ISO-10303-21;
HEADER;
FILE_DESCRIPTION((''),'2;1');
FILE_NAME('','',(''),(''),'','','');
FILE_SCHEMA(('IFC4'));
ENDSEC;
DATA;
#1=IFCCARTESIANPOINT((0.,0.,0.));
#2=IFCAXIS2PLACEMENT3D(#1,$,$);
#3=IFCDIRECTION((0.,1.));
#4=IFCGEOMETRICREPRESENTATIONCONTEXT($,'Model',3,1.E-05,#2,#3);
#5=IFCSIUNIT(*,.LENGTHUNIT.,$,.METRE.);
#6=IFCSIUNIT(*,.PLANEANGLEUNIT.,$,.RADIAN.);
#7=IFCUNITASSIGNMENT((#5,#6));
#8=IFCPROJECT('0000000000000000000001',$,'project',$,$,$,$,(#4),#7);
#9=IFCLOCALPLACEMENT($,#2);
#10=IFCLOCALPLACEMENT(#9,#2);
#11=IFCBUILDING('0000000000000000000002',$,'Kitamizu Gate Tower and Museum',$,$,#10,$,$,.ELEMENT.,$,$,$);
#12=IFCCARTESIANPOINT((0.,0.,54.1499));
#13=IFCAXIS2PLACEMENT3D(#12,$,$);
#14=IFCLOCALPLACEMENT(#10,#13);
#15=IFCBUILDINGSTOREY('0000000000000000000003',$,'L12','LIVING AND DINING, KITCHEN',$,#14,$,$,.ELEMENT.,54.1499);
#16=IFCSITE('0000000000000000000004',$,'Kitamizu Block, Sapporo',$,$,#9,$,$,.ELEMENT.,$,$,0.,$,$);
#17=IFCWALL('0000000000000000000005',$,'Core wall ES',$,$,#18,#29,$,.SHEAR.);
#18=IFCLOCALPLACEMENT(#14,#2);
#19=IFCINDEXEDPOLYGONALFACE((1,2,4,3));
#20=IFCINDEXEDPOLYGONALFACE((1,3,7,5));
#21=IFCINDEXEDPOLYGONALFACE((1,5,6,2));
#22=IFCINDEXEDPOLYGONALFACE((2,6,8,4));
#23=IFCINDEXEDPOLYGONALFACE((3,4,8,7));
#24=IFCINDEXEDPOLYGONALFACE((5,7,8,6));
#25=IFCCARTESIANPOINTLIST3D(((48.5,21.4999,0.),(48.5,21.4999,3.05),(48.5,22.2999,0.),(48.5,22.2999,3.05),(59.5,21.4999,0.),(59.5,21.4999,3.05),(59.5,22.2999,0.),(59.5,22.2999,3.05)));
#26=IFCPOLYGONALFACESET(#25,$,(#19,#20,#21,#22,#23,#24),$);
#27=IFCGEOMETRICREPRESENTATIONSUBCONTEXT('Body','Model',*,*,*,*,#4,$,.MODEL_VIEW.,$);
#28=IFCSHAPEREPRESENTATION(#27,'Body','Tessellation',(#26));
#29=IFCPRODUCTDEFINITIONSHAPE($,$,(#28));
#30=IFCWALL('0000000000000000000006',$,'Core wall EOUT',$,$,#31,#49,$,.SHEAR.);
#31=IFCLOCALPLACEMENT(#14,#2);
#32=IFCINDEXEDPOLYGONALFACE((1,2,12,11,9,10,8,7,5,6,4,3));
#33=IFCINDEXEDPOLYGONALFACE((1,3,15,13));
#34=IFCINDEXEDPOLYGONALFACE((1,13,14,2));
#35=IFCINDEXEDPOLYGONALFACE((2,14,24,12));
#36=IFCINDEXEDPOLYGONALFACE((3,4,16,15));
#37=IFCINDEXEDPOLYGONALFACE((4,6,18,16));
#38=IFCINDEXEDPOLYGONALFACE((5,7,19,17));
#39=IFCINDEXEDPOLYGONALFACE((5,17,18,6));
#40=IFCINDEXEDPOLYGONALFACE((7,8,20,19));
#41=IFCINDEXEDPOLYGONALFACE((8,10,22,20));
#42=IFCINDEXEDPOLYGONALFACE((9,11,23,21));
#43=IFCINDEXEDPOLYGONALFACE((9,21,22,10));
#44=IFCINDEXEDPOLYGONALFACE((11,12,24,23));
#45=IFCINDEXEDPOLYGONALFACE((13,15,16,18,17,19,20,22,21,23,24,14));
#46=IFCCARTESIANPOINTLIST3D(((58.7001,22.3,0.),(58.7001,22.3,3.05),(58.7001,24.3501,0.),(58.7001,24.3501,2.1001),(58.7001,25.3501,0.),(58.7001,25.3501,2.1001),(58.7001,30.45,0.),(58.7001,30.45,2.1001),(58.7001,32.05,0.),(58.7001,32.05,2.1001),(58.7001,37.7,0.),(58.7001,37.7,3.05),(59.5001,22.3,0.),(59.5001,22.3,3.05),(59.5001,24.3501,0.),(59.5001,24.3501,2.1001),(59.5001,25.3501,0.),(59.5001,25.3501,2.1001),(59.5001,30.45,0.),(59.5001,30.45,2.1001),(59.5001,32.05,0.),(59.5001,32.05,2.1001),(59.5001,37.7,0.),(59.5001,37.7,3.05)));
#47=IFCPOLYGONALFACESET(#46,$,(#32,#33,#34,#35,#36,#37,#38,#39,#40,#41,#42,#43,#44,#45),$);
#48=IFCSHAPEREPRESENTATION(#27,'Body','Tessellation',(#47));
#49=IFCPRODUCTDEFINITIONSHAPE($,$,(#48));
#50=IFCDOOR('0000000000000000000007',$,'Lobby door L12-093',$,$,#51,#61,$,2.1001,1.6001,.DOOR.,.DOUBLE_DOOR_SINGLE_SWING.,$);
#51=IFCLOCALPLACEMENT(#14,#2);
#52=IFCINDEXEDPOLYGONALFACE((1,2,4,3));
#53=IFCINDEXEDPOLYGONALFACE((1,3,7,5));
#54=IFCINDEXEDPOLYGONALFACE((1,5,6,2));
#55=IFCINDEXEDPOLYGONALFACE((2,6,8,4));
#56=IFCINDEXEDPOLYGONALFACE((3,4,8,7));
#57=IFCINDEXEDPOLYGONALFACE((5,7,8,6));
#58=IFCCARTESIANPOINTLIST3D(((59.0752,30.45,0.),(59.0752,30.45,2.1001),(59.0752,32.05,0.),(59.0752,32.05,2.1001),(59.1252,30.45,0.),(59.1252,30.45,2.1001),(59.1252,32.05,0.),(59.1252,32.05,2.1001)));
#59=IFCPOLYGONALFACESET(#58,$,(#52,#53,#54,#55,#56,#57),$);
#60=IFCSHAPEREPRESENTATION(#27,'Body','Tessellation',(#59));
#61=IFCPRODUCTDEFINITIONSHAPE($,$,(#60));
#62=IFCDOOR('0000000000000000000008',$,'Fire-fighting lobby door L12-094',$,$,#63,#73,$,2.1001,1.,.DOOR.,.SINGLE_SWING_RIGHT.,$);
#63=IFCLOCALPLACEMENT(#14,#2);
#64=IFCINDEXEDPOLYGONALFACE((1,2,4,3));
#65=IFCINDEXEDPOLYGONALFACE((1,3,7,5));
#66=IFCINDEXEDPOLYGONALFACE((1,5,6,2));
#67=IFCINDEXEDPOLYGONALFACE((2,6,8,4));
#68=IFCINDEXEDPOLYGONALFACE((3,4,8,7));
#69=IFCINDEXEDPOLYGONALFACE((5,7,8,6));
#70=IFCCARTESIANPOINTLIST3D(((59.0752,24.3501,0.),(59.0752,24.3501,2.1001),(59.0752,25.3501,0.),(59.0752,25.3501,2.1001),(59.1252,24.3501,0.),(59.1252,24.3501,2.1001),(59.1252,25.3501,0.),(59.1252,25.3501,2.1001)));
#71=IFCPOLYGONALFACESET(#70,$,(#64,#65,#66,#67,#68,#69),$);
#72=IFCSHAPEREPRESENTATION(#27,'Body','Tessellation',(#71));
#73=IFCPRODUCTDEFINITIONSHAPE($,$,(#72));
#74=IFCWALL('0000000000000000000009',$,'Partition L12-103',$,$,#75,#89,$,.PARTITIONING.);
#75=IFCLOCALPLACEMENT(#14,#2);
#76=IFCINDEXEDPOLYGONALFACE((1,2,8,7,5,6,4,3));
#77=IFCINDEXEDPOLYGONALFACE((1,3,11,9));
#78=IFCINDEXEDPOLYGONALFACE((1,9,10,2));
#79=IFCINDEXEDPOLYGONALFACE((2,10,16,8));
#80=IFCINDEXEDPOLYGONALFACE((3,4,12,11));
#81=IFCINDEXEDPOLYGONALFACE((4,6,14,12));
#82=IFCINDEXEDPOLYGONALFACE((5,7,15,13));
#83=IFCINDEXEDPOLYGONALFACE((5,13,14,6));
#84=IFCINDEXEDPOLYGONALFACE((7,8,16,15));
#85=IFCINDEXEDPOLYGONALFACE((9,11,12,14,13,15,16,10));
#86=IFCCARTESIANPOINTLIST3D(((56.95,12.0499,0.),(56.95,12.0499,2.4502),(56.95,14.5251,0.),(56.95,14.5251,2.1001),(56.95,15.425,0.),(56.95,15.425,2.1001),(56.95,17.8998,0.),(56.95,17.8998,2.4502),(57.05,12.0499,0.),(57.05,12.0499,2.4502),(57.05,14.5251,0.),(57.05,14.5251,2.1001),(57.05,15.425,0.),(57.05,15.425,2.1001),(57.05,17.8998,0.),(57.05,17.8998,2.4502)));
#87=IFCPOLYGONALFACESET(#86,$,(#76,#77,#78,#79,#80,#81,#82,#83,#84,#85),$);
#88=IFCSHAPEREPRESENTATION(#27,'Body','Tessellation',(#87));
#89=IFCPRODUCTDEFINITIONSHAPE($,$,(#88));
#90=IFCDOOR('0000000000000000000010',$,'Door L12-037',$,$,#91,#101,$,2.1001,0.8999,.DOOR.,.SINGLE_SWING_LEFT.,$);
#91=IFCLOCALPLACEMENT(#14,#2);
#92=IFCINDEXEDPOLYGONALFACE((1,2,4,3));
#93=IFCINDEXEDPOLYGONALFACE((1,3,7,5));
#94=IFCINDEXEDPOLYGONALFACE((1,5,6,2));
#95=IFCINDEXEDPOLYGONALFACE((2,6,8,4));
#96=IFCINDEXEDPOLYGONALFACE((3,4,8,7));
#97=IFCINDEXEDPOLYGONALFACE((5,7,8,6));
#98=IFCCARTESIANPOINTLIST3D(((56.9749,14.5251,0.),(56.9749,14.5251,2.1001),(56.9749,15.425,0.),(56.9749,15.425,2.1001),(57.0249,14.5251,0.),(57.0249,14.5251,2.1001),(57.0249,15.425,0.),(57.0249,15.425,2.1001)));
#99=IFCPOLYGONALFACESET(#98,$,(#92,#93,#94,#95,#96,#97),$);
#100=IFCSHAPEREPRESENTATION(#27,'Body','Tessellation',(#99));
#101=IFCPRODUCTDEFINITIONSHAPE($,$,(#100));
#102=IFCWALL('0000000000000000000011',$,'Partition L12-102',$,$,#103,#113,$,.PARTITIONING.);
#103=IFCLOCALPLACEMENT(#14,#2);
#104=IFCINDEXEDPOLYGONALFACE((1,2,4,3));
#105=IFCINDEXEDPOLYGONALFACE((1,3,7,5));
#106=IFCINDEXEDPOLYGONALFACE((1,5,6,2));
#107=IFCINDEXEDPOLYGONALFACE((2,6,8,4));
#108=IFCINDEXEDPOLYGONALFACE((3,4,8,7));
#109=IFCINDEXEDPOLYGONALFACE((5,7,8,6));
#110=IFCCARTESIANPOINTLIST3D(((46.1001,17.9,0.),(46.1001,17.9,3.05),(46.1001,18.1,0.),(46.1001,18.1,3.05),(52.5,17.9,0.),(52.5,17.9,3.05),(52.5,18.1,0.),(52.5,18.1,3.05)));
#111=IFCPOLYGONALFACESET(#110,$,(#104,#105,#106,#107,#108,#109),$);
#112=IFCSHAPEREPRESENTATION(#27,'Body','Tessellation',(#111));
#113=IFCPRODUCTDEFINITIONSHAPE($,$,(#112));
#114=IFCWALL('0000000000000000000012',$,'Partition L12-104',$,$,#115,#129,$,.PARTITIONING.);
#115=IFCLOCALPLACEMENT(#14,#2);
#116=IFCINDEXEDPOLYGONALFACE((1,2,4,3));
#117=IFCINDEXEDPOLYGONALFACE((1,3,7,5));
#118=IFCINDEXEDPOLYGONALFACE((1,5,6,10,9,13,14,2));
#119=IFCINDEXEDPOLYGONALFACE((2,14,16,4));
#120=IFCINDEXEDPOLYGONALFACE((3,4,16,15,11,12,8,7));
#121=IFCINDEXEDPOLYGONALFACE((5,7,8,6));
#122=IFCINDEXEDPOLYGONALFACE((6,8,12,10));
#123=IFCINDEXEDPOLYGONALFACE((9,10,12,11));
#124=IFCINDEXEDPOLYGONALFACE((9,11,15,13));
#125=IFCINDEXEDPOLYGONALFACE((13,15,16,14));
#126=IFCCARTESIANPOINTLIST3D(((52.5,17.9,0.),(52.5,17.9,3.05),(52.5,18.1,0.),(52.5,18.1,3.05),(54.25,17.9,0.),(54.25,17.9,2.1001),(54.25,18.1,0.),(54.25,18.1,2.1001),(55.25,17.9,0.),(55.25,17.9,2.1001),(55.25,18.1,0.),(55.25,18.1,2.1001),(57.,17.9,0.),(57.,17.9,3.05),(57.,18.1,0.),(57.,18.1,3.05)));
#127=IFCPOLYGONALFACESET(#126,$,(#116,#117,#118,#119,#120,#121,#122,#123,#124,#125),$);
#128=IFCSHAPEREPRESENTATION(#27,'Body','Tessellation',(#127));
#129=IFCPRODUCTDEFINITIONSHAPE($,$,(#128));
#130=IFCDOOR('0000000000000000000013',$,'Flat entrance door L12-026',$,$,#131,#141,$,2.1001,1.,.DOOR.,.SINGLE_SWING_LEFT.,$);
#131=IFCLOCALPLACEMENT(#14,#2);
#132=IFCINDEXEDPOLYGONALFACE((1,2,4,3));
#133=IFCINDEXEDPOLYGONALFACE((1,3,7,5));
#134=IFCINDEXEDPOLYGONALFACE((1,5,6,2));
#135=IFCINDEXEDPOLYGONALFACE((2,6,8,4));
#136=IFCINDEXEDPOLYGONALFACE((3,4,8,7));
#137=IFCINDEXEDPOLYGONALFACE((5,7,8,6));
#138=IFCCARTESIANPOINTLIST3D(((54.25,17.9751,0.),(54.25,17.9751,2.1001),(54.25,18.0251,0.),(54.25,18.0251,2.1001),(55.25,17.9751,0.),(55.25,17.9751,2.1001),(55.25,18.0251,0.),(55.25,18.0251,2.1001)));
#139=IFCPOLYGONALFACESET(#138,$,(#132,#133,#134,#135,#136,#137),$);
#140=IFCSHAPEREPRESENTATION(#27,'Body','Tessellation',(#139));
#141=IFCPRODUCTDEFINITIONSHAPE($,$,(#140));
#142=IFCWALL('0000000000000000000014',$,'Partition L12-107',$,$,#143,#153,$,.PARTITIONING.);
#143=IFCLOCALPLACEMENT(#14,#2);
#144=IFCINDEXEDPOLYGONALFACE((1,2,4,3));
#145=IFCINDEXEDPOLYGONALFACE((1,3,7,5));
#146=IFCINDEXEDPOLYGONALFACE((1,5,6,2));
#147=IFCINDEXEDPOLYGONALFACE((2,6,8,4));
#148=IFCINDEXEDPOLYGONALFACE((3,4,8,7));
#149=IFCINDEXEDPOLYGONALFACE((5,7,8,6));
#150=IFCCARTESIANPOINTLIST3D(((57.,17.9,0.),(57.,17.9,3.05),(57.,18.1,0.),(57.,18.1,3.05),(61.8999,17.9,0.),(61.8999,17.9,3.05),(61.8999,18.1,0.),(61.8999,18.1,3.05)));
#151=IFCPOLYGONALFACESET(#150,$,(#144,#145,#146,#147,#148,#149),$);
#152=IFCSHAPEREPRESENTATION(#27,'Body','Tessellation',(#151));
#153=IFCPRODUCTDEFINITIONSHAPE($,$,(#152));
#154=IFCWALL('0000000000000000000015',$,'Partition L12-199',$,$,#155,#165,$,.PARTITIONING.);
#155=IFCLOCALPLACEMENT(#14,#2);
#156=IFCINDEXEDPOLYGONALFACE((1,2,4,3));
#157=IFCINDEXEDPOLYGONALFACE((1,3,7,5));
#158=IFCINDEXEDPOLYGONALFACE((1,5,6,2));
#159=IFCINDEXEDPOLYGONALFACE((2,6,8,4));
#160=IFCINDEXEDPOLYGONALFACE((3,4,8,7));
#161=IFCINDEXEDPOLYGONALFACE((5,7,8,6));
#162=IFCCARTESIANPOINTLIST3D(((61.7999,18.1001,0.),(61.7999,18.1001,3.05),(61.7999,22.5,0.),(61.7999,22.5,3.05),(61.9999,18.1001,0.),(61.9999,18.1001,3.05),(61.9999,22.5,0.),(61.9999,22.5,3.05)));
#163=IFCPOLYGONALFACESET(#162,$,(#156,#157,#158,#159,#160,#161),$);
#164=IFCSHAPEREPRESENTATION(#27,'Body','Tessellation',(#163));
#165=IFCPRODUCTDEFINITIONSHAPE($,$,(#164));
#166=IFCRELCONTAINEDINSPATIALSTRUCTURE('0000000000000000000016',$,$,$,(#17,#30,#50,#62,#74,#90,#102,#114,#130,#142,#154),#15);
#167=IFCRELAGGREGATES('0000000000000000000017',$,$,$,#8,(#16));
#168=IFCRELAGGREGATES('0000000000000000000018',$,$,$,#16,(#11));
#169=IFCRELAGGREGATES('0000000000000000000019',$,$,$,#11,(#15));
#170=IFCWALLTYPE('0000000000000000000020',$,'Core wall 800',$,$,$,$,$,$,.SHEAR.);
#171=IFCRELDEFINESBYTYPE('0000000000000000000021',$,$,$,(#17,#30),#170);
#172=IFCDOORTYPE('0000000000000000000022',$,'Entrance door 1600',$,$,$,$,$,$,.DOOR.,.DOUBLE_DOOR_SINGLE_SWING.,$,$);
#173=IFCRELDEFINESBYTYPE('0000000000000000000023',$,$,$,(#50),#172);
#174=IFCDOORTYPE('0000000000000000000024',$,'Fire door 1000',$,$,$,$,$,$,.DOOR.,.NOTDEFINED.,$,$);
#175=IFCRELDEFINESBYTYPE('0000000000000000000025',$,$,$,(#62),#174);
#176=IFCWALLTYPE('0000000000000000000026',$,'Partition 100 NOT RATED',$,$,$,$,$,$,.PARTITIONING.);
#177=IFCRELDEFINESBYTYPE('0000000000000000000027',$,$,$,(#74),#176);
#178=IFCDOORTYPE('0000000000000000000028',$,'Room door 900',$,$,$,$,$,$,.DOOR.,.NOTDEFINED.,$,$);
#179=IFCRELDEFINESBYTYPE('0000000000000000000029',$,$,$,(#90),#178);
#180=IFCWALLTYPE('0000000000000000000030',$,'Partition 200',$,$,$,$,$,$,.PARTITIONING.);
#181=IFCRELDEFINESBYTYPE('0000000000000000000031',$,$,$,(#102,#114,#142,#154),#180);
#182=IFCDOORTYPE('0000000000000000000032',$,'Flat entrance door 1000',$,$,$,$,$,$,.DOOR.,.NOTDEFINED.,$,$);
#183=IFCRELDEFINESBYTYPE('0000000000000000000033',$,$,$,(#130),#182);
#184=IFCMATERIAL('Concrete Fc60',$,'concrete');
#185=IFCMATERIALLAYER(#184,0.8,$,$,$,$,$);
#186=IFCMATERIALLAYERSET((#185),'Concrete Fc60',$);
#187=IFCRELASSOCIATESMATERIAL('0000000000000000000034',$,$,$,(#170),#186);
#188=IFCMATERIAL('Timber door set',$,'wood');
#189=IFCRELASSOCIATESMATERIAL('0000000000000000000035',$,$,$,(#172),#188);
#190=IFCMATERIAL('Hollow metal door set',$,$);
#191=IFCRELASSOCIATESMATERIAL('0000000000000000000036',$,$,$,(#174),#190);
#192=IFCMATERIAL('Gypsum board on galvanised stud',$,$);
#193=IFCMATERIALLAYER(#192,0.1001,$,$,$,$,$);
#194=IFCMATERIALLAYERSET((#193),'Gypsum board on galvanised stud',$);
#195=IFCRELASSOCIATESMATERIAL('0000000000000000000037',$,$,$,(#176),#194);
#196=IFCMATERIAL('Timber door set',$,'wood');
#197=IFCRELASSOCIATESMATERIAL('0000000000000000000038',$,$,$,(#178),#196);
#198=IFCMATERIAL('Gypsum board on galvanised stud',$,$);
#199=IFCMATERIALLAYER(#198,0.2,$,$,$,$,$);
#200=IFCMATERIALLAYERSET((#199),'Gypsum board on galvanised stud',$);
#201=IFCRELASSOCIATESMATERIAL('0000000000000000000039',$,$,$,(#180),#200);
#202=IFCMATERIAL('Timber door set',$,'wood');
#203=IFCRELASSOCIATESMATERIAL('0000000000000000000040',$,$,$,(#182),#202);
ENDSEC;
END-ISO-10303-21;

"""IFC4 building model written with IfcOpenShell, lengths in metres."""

from ifc_helpers import new_model, si_unit, direction, frame, frame_2d, origin, place, context, subcontext, project, spatial, rectangle, extrude, material, layer, layer_set, type_object, element, fill, save


model = new_model("IFC4")

# Units and contexts
model_context = context("Model", 3, precision=1e-05, world=origin(), true_north=direction((0.0, 1.0)))
body_context = subcontext(model_context, "Body", "Model", "MODEL_VIEW")
ifc_project = project(units=[si_unit("LENGTHUNIT", "METRE"), si_unit("PLANEANGLEUNIT", "RADIAN")], contexts=[model_context])

# Site, building, storey
site_placement = place(None, origin())
site = spatial("IfcSite", under=ifc_project, at=site_placement, Name="Kitamizu Block, Sapporo", CompositionType="ELEMENT", RefElevation=0.0)
building_placement = place(site_placement, origin())
building = spatial("IfcBuilding", under=site, at=building_placement, Name="Kitamizu Gate Tower and Museum", CompositionType="ELEMENT")
storey_placement = place(building_placement, frame((0.0, 0.0, 54.1499)))
storey = spatial("IfcBuildingStorey", under=building, at=storey_placement, Name="L12", Description="LIVING AND DINING, KITCHEN", CompositionType="ELEMENT", Elevation=54.1499)

# Wall
ifc_material_1 = material(Name="Concrete Fc60", Category="concrete")
ifc_layer_1 = layer(ifc_material_1, 0.8)
ifc_layer_set_1 = layer_set([ifc_layer_1], Name="Concrete Fc60")
wall_type_1 = type_object("IfcWallType", Name="Core wall 800", PredefinedType="SHEAR", material=ifc_layer_set_1)
wall_1_placement = place(storey_placement, frame((59.5, 21.8999, 0.0), z_axis=(0.0, 0.0, 1.0), x_axis=(-1.0, 0.0, 0.0)))
element("IfcWall", 1, at=wall_1_placement, inside=storey, type_object=wall_type_1, Name="Core wall ES", PredefinedType="SHEAR", context=body_context, shape_type="SweptSolid", body=[
    extrude(rectangle(XDim=11.0, YDim=0.8, at=frame_2d((5.5, 0.0))), origin(), (0.0, 0.0, 1.0), 3.05),
])

# Wall, openings, doors
wall_2_placement = place(storey_placement, frame((59.1001, 22.3, 0.0), z_axis=(0.0, 0.0, 1.0), x_axis=(0.0, 1.0, 0.0)))
wall_2 = element("IfcWall", 2, at=wall_2_placement, inside=storey, type_object=wall_type_1, Name="Core wall EOUT", PredefinedType="SHEAR", context=body_context, shape_type="SweptSolid", body=[
    extrude(rectangle(XDim=15.3999, YDim=0.8, at=frame_2d((7.7, 0.0))), origin(), (0.0, 0.0, 1.0), 3.05),
])
opening_1_placement = place(wall_2_placement, frame((8.1499, 0.0, 0.0)))
opening_1 = element("IfcOpeningElement", 3, at=opening_1_placement, cuts=wall_2, PredefinedType="OPENING", context=body_context, shape_type="SweptSolid", body=[
    extrude(rectangle(XDim=1.6001, YDim=2.1001, at=frame_2d((0.8, 1.05))), frame((0.0, 0.4102, 0.0), z_axis=(0.0, -1.0, 0.0), x_axis=(1.0, 0.0, 0.0)), (0.0, 0.0, 1.0), 0.8201),
])
opening_2_placement = place(wall_2_placement, frame((2.05, 0.0, 0.0)))
opening_2 = element("IfcOpeningElement", 4, at=opening_2_placement, cuts=wall_2, PredefinedType="OPENING", context=body_context, shape_type="SweptSolid", body=[
    extrude(rectangle(XDim=1.0, YDim=2.1001, at=frame_2d((0.5, 1.05))), frame((0.0, 0.4102, 0.0), z_axis=(0.0, -1.0, 0.0), x_axis=(1.0, 0.0, 0.0)), (0.0, 0.0, 1.0), 0.8201),
])
ifc_material_2 = material(Name="Timber door set", Category="wood")
door_type_1 = type_object("IfcDoorType", Name="Entrance door 1600", OperationType="DOUBLE_DOOR_SINGLE_SWING", PredefinedType="DOOR", material=ifc_material_2)
door_1_placement = place(opening_1_placement, origin())
door_1 = element("IfcDoor", 5, at=door_1_placement, inside=storey, type_object=door_type_1, Name="Lobby door L12-093", OperationType="DOUBLE_DOOR_SINGLE_SWING", OverallHeight=2.1001, OverallWidth=1.6001, PredefinedType="DOOR", context=body_context, shape_type="SweptSolid", body=[
    extrude(rectangle(XDim=1.6001, YDim=2.1001, at=frame_2d((0.8, 1.05))), frame((0.0, 0.0249, 0.0), z_axis=(0.0, -1.0, 0.0), x_axis=(1.0, 0.0, 0.0)), (0.0, 0.0, 1.0), 0.05),
])
fill(opening_1, door_1)
ifc_material_3 = material(Name="Hollow metal door set")
door_type_2 = type_object("IfcDoorType", Name="Fire door 1000", OperationType="NOTDEFINED", PredefinedType="DOOR", material=ifc_material_3)
door_2_placement = place(opening_2_placement, origin())
door_2 = element("IfcDoor", 6, at=door_2_placement, inside=storey, type_object=door_type_2, Name="Fire-fighting lobby door L12-094", OperationType="SINGLE_SWING_RIGHT", OverallHeight=2.1001, OverallWidth=1.0, PredefinedType="DOOR", context=body_context, shape_type="SweptSolid", body=[
    extrude(rectangle(XDim=1.0, YDim=2.1001, at=frame_2d((0.5, 1.05))), frame((0.0, 0.0249, 0.0), z_axis=(0.0, -1.0, 0.0), x_axis=(1.0, 0.0, 0.0)), (0.0, 0.0, 1.0), 0.05),
])
fill(opening_2, door_2)

# Wall, opening, door
ifc_material_4 = material(Name="Gypsum board on galvanised stud")
ifc_layer_2 = layer(ifc_material_4, 0.1001)
ifc_layer_set_2 = layer_set([ifc_layer_2], Name="Gypsum board on galvanised stud")
wall_type_2 = type_object("IfcWallType", Name="Partition 100 NOT RATED", PredefinedType="PARTITIONING", material=ifc_layer_set_2)
wall_3_placement = place(storey_placement, frame((57.0, 12.05, 0.0), z_axis=(0.0, 0.0, 1.0), x_axis=(0.0, 1.0, 0.0)))
wall_3 = element("IfcWall", 7, at=wall_3_placement, inside=storey, type_object=wall_type_2, Name="Partition L12-103", PredefinedType="PARTITIONING", context=body_context, shape_type="SweptSolid", body=[
    extrude(rectangle(XDim=5.8499, YDim=0.1001, at=frame_2d((2.9248, 0.0))), origin(), (0.0, 0.0, 1.0), 2.4502),
])
opening_3_placement = place(wall_3_placement, frame((2.4751, 0.0, 0.0)))
opening_3 = element("IfcOpeningElement", 8, at=opening_3_placement, cuts=wall_3, PredefinedType="OPENING", context=body_context, shape_type="SweptSolid", body=[
    extrude(rectangle(XDim=0.8999, YDim=2.1001, at=frame_2d((0.45, 1.05))), frame((0.0, 0.0601, 0.0), z_axis=(0.0, -1.0, 0.0), x_axis=(1.0, 0.0, 0.0)), (0.0, 0.0, 1.0), 0.1201),
])
ifc_material_5 = material(Name="Timber door set", Category="wood")
door_type_3 = type_object("IfcDoorType", Name="Room door 900", OperationType="NOTDEFINED", PredefinedType="DOOR", material=ifc_material_5)
door_3_placement = place(opening_3_placement, frame((0.8999, 0.0, 0.0), x_axis=(-1.0, 0.0, 0.0)))
door_3 = element("IfcDoor", 9, at=door_3_placement, inside=storey, type_object=door_type_3, Name="Door L12-037", OperationType="SINGLE_SWING_LEFT", OverallHeight=2.1001, OverallWidth=0.8999, PredefinedType="DOOR", context=body_context, shape_type="SweptSolid", body=[
    extrude(rectangle(XDim=0.8999, YDim=2.1001, at=frame_2d((0.45, 1.05))), frame((0.0, 0.0249, 0.0), z_axis=(0.0, -1.0, 0.0), x_axis=(1.0, 0.0, 0.0)), (0.0, 0.0, 1.0), 0.05),
])
fill(opening_3, door_3)

# Wall
ifc_material_6 = material(Name="Gypsum board on galvanised stud")
ifc_layer_3 = layer(ifc_material_6, 0.2)
ifc_layer_set_3 = layer_set([ifc_layer_3], Name="Gypsum board on galvanised stud")
wall_type_3 = type_object("IfcWallType", Name="Partition 200", PredefinedType="PARTITIONING", material=ifc_layer_set_3)
wall_4_placement = place(storey_placement, frame((52.5, 18.0, 0.0), z_axis=(0.0, 0.0, 1.0), x_axis=(-1.0, 0.0, 0.0)))
element("IfcWall", 10, at=wall_4_placement, inside=storey, type_object=wall_type_3, Name="Partition L12-102", PredefinedType="PARTITIONING", context=body_context, shape_type="SweptSolid", body=[
    extrude(rectangle(XDim=6.3999, YDim=0.2, at=frame_2d((3.2, 0.0))), origin(), (0.0, 0.0, 1.0), 3.05),
])

# Wall, opening, door
wall_5_placement = place(storey_placement, frame((57.0, 18.0, 0.0), z_axis=(0.0, 0.0, 1.0), x_axis=(-1.0, 0.0, 0.0)))
wall_5 = element("IfcWall", 11, at=wall_5_placement, inside=storey, type_object=wall_type_3, Name="Partition L12-104", PredefinedType="PARTITIONING", context=body_context, shape_type="SweptSolid", body=[
    extrude(rectangle(XDim=4.5, YDim=0.2, at=frame_2d((2.25, 0.0))), origin(), (0.0, 0.0, 1.0), 3.05),
])
opening_4_placement = place(wall_5_placement, frame((1.75, 0.0, 0.0)))
opening_4 = element("IfcOpeningElement", 12, at=opening_4_placement, cuts=wall_5, PredefinedType="OPENING", context=body_context, shape_type="SweptSolid", body=[
    extrude(rectangle(XDim=1.0, YDim=2.1001, at=frame_2d((0.5, 1.05))), frame((0.0, 0.1099, 0.0), z_axis=(0.0, -1.0, 0.0), x_axis=(1.0, 0.0, 0.0)), (0.0, 0.0, 1.0), 0.22),
])
ifc_material_7 = material(Name="Timber door set", Category="wood")
door_type_4 = type_object("IfcDoorType", Name="Flat entrance door 1000", OperationType="NOTDEFINED", PredefinedType="DOOR", material=ifc_material_7)
door_4_placement = place(opening_4_placement, origin())
door_4 = element("IfcDoor", 13, at=door_4_placement, inside=storey, type_object=door_type_4, Name="Flat entrance door L12-026", OperationType="SINGLE_SWING_LEFT", OverallHeight=2.1001, OverallWidth=1.0, PredefinedType="DOOR", context=body_context, shape_type="SweptSolid", body=[
    extrude(rectangle(XDim=1.0, YDim=2.1001, at=frame_2d((0.5, 1.05))), frame((0.0, 0.0249, 0.0), z_axis=(0.0, -1.0, 0.0), x_axis=(1.0, 0.0, 0.0)), (0.0, 0.0, 1.0), 0.05),
])
fill(opening_4, door_4)

# Walls
wall_6_placement = place(storey_placement, frame((61.8999, 18.0, 0.0), z_axis=(0.0, 0.0, 1.0), x_axis=(-1.0, 0.0, 0.0)))
element("IfcWall", 14, at=wall_6_placement, inside=storey, type_object=wall_type_3, Name="Partition L12-107", PredefinedType="PARTITIONING", context=body_context, shape_type="SweptSolid", body=[
    extrude(rectangle(XDim=4.8999, YDim=0.2, at=frame_2d((2.45, 0.0))), origin(), (0.0, 0.0, 1.0), 3.05),
])
wall_7_placement = place(storey_placement, frame((61.8999, 22.5, 0.0), z_axis=(0.0, 0.0, 1.0), x_axis=(0.0, -1.0, 0.0)))
element("IfcWall", 15, at=wall_7_placement, inside=storey, type_object=wall_type_3, Name="Partition L12-199", PredefinedType="PARTITIONING", context=body_context, shape_type="SweptSolid", body=[
    extrude(rectangle(XDim=4.3999, YDim=0.2, at=frame_2d((2.2, 0.0))), origin(), (0.0, 0.0, 1.0), 3.05),
])

save(model, "model.ifc")
